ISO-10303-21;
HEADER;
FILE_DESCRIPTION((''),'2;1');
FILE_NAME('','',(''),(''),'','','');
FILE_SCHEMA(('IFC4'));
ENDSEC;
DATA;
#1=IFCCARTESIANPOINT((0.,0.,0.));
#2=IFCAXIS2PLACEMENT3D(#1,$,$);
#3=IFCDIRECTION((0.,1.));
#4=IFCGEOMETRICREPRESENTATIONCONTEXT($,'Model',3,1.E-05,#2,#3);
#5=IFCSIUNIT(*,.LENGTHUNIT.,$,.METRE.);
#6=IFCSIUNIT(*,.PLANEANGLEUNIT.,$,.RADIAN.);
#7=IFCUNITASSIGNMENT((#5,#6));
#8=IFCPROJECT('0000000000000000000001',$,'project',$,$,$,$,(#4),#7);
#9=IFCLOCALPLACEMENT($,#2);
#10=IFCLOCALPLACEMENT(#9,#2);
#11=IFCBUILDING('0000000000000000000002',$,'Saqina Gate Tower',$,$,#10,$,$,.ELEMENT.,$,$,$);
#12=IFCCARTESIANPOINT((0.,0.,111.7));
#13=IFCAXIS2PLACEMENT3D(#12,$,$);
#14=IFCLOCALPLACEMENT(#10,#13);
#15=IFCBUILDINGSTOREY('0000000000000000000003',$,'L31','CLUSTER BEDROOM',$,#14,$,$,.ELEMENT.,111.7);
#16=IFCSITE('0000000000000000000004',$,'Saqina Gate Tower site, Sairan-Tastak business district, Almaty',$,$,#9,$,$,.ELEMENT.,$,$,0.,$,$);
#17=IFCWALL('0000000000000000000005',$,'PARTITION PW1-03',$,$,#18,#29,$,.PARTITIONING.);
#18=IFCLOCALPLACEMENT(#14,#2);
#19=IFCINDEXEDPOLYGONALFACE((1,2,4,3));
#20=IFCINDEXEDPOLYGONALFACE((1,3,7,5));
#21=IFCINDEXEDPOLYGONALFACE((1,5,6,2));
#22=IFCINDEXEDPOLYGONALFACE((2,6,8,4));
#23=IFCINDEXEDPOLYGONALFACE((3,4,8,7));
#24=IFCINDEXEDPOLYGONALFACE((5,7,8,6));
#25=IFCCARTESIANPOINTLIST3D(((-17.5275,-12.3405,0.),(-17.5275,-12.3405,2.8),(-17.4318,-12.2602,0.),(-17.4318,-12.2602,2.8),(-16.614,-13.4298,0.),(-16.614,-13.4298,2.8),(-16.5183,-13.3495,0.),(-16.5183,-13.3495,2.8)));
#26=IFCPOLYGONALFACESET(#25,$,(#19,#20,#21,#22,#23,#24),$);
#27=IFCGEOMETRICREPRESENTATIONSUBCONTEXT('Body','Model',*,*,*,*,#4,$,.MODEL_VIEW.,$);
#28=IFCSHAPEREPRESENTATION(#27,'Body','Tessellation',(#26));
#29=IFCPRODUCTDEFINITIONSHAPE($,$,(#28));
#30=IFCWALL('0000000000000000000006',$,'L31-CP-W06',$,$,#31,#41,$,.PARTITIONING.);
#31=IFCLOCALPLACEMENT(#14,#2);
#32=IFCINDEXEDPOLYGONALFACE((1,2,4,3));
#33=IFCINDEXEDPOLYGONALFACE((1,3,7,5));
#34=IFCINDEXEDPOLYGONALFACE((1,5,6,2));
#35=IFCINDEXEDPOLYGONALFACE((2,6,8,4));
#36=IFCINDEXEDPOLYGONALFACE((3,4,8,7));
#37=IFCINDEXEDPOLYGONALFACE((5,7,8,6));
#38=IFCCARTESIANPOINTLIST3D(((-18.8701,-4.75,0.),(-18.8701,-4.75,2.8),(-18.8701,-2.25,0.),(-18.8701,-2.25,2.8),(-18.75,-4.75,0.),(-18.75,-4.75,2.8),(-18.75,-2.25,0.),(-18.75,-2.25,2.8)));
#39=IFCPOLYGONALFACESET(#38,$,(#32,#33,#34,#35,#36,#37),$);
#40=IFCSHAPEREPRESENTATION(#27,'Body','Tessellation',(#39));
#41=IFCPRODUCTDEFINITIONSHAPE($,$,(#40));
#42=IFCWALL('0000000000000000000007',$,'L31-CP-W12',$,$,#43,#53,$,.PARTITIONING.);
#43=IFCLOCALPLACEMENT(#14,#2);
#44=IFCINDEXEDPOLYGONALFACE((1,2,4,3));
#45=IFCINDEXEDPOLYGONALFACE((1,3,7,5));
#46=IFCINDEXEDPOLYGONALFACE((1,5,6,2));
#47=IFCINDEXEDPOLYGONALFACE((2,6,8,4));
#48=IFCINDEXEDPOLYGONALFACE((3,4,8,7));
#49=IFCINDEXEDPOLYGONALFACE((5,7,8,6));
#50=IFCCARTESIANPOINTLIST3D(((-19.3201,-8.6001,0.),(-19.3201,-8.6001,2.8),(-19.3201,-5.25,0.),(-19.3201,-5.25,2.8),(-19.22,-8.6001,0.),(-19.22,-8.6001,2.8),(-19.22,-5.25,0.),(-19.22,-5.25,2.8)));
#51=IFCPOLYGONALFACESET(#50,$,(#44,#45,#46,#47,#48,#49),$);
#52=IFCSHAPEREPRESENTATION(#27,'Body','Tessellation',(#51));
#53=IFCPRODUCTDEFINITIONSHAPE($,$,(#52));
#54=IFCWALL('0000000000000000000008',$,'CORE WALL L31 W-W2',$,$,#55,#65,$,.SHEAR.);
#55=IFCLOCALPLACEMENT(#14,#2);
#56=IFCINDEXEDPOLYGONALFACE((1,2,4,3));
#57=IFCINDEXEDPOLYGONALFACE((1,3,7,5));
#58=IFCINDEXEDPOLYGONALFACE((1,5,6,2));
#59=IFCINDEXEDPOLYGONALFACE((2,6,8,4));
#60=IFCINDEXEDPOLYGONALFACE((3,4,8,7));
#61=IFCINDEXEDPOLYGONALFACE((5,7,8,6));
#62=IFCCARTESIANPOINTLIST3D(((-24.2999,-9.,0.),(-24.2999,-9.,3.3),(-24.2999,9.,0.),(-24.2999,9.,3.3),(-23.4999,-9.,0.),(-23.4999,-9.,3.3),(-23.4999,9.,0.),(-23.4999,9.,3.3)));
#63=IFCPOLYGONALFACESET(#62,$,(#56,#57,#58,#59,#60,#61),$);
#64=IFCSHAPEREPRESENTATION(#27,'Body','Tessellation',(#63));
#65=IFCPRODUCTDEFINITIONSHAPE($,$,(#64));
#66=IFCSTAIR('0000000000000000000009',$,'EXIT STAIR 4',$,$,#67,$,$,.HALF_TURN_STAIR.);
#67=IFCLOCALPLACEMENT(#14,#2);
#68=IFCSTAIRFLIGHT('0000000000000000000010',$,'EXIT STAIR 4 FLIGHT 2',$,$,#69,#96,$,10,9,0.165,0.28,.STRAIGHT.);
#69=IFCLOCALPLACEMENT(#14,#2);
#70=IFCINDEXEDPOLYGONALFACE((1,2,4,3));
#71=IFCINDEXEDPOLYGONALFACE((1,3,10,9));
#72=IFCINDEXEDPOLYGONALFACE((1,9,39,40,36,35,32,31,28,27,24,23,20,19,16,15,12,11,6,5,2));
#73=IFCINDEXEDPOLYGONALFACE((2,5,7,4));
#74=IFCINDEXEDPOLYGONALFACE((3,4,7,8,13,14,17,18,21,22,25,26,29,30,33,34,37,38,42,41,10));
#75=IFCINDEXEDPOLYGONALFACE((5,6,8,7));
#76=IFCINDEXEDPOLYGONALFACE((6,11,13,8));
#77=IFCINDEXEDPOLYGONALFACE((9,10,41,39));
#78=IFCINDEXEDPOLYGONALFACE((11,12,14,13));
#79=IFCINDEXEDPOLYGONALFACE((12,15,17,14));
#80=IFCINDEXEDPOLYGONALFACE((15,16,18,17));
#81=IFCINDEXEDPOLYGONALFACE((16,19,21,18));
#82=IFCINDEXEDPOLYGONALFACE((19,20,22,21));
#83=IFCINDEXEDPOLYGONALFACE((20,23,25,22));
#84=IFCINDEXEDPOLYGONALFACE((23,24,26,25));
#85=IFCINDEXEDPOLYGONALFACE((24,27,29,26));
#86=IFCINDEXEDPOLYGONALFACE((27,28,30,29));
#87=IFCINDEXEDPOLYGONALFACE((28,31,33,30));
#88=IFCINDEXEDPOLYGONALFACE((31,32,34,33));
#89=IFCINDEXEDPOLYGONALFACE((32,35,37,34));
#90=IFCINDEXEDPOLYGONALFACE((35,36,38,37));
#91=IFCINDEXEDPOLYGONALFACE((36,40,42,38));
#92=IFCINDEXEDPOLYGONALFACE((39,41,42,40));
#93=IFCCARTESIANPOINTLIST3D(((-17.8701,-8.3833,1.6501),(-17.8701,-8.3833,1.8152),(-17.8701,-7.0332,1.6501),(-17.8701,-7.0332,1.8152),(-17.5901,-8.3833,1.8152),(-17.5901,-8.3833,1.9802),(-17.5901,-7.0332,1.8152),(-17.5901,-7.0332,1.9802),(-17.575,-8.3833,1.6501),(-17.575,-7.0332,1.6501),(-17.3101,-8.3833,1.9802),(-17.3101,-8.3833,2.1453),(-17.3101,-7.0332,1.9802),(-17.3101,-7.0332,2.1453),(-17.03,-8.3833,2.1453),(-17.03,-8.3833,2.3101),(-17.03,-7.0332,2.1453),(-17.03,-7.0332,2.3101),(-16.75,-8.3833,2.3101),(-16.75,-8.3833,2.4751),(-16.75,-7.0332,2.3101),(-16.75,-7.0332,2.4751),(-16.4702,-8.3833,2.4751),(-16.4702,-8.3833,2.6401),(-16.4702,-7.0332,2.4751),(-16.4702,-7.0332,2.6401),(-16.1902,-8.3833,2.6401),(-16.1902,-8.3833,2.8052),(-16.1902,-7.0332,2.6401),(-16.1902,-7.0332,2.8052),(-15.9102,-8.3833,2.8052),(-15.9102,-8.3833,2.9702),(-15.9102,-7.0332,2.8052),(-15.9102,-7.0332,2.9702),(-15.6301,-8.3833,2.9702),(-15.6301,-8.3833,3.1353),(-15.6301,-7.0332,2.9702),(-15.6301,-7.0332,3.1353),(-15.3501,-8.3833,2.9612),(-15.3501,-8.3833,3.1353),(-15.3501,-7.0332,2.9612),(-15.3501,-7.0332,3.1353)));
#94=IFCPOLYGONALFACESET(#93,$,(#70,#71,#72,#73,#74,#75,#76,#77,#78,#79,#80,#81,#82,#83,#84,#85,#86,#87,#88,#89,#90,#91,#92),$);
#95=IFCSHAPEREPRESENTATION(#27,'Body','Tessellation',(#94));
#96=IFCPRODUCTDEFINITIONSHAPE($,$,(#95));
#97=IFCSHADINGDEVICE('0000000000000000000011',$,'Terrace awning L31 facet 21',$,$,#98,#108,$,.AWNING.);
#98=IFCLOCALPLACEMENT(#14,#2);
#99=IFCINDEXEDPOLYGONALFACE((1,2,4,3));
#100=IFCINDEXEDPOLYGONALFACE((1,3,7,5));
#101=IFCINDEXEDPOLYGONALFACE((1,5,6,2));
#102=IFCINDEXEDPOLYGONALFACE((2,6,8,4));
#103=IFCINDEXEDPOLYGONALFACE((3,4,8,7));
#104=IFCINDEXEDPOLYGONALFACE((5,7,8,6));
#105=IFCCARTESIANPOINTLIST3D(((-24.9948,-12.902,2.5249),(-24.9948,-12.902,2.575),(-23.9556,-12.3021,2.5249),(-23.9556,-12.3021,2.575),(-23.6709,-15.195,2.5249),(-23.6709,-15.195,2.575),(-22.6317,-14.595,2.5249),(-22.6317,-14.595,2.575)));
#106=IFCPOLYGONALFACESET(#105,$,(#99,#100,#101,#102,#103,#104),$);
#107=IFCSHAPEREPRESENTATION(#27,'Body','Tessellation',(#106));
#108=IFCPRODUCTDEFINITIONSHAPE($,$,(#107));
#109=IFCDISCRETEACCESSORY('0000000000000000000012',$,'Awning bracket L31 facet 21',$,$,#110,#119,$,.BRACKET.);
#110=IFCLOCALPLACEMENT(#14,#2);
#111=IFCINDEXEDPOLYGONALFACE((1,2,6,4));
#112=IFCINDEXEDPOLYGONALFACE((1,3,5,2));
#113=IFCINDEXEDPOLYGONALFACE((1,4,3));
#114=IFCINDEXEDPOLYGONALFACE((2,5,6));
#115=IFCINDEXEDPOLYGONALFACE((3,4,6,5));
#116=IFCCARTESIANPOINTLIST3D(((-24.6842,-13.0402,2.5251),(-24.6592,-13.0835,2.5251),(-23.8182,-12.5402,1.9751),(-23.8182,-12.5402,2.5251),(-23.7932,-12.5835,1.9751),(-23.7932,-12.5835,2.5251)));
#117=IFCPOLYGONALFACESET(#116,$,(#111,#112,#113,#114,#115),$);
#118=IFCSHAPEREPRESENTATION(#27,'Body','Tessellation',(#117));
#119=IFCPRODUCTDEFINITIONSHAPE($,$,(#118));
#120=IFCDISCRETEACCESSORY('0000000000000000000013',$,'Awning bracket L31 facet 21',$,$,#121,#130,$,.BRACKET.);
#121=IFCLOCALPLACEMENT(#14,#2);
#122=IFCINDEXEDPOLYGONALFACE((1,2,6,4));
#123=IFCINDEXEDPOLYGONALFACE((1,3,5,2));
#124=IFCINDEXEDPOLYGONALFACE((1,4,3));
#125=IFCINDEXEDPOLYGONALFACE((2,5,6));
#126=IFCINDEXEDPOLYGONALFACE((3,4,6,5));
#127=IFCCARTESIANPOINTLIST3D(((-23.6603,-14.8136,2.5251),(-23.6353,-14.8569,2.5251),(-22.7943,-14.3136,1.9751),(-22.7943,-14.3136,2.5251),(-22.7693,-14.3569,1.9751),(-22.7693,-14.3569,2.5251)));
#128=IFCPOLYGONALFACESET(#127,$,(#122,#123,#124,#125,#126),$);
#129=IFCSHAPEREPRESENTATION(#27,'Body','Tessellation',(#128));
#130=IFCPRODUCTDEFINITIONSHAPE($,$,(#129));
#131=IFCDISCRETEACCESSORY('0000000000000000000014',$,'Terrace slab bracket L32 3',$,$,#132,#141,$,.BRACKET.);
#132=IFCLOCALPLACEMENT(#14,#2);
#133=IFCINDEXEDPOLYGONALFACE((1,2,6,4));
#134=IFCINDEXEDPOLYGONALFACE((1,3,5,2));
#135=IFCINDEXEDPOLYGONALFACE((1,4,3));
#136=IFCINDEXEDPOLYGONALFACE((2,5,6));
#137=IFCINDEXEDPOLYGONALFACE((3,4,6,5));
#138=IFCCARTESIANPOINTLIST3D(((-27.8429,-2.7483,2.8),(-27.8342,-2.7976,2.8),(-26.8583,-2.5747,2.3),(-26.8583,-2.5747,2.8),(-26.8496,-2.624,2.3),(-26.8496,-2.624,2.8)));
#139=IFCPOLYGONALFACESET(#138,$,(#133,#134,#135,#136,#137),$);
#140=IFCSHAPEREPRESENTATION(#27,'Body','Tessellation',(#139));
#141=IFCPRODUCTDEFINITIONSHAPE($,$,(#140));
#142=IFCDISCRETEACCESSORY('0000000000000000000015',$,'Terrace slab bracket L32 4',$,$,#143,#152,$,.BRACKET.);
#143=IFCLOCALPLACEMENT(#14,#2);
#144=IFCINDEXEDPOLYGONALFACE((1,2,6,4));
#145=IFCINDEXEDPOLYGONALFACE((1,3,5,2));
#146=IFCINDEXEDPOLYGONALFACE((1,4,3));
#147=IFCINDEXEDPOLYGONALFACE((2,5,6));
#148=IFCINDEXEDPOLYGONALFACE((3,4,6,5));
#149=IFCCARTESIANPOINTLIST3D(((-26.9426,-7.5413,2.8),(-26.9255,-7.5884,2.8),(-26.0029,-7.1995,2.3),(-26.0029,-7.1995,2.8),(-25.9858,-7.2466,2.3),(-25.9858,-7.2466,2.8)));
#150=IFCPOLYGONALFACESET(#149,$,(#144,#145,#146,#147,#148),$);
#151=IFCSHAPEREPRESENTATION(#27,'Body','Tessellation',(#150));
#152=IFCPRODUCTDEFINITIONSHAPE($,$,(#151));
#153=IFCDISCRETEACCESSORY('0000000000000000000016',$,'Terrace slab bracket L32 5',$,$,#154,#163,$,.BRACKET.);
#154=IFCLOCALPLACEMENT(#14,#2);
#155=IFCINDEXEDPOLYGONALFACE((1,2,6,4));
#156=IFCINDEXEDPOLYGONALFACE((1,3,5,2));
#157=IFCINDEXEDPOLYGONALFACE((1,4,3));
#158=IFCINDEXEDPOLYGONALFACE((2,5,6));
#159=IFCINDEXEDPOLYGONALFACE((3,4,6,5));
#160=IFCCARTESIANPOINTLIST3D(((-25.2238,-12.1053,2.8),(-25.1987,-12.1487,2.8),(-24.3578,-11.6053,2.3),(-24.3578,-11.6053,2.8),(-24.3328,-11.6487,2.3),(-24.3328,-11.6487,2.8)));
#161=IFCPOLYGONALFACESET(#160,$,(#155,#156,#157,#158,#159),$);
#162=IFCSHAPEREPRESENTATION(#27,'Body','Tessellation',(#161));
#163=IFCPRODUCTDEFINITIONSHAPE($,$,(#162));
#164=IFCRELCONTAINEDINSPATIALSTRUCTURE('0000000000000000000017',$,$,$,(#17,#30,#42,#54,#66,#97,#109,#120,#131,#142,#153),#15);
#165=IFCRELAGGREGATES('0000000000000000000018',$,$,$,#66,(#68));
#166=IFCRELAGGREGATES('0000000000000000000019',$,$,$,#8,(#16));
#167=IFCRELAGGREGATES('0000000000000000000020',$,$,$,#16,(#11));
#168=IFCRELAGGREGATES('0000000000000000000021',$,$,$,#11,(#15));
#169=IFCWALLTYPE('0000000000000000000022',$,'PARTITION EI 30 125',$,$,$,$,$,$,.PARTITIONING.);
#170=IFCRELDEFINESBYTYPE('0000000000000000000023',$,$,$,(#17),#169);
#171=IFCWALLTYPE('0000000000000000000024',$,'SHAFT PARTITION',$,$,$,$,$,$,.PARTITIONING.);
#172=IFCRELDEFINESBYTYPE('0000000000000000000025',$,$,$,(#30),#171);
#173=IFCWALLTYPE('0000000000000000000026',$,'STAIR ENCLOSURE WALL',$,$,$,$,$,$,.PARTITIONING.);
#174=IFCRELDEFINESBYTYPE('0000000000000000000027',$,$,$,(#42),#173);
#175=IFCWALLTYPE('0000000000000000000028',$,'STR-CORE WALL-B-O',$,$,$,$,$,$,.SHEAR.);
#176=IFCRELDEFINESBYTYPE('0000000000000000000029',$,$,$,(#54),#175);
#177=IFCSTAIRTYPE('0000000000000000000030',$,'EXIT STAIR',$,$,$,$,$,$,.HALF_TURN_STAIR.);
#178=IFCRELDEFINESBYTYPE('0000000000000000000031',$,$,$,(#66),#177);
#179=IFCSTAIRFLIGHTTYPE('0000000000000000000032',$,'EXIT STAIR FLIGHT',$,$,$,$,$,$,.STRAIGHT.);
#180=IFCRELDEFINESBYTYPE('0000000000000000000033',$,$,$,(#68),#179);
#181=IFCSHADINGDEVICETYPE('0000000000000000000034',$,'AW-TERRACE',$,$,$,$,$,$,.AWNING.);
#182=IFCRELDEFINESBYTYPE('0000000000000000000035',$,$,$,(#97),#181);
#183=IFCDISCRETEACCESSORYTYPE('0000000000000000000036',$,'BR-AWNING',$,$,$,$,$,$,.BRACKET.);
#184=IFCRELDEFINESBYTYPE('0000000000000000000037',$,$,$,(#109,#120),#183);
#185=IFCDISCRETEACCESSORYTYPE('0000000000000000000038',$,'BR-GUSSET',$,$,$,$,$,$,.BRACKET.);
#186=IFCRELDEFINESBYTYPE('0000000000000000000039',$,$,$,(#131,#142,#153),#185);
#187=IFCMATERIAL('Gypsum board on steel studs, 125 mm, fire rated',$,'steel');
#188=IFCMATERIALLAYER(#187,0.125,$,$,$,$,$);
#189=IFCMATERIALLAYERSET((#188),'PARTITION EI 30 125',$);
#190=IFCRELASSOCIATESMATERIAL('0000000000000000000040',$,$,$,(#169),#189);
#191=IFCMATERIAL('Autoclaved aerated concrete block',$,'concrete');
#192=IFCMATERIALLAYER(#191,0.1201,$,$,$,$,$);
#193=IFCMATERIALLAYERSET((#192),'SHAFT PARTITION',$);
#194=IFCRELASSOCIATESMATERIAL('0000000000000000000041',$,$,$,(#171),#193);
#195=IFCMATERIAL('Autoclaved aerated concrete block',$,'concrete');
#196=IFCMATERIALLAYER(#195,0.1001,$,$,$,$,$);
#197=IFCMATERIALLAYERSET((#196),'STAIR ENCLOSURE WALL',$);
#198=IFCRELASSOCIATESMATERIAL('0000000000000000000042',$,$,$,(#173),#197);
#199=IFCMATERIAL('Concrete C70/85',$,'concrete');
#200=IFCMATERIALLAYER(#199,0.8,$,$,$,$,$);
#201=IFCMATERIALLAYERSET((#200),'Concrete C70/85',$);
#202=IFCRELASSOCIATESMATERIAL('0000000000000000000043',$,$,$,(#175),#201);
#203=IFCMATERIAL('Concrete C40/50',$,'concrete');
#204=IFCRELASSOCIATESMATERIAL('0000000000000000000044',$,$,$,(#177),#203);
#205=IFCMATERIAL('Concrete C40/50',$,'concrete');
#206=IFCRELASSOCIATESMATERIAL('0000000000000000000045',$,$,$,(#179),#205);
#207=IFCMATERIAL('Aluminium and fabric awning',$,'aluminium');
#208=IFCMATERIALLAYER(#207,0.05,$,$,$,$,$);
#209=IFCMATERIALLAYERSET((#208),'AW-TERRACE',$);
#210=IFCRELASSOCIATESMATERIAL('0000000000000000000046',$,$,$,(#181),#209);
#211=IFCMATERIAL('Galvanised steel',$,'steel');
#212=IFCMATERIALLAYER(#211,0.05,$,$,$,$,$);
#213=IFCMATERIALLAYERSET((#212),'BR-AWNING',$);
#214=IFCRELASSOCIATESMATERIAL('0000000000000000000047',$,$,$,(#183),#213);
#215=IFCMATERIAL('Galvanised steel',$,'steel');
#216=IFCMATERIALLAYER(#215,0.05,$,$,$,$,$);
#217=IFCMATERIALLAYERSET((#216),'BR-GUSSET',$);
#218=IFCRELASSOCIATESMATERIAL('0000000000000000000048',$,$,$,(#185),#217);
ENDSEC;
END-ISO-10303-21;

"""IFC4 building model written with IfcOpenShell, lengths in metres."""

from ifc_helpers import new_model, si_unit, direction, frame, frame_2d, origin, origin_2d, place, context, subcontext, project, spatial, polyline, rectangle, outline, extrude, material, layer, layer_set, type_object, element, aggregate, save


model = new_model("IFC4")

# Units and contexts
model_context = context("Model", 3, precision=1e-05, world=origin(), true_north=direction((0.0, 1.0)))
body_context = subcontext(model_context, "Body", "Model", "MODEL_VIEW")
ifc_project = project(units=[si_unit("LENGTHUNIT", "METRE"), si_unit("PLANEANGLEUNIT", "RADIAN")], contexts=[model_context])

# Site, building, storey
site_placement = place(None, origin())
site = spatial("IfcSite", under=ifc_project, at=site_placement, Name="Saqina Gate Tower site, Sairan-Tastak business district, Almaty", CompositionType="ELEMENT", RefElevation=0.0)
building_placement = place(site_placement, origin())
building = spatial("IfcBuilding", under=site, at=building_placement, Name="Saqina Gate Tower", CompositionType="ELEMENT")
storey_placement = place(building_placement, frame((0.0, 0.0, 111.7)))
storey = spatial("IfcBuildingStorey", under=building, at=storey_placement, Name="L31", Description="CLUSTER BEDROOM", CompositionType="ELEMENT", Elevation=111.7)

# Walls
ifc_material_1 = material(Name="Gypsum board on steel studs, 125 mm, fire rated", Category="steel")
ifc_layer_1 = layer(ifc_material_1, 0.125)
ifc_layer_set_1 = layer_set([ifc_layer_1], Name="PARTITION EI 30 125")
wall_type_1 = type_object("IfcWallType", Name="PARTITION EI 30 125", PredefinedType="PARTITIONING", material=ifc_layer_set_1)
wall_1_placement = place(storey_placement, frame((-17.4797, -12.3003, 0.0), z_axis=(0.0, 0.0, 1.0), x_axis=(0.64258, -0.766219, 0.0)))
element("IfcWall", 1, at=wall_1_placement, inside=storey, type_object=wall_type_1, Name="PARTITION PW1-03", PredefinedType="PARTITIONING", context=body_context, shape_type="SweptSolid", body=[
    extrude(rectangle(XDim=1.4216, YDim=0.125, at=frame_2d((0.7109, 0.0))), origin(), (0.0, 0.0, 1.0), 2.8),
])
ifc_material_2 = material(Name="Autoclaved aerated concrete block", Category="concrete")
ifc_layer_2 = layer(ifc_material_2, 0.1201)
ifc_layer_set_2 = layer_set([ifc_layer_2], Name="SHAFT PARTITION")
wall_type_2 = type_object("IfcWallType", Name="SHAFT PARTITION", PredefinedType="PARTITIONING", material=ifc_layer_set_2)
wall_2_placement = place(storey_placement, frame((-18.8101, -4.75, 0.0), z_axis=(0.0, 0.0, 1.0), x_axis=(0.0, 1.0, 0.0)))
element("IfcWall", 2, at=wall_2_placement, inside=storey, type_object=wall_type_2, Name="L31-CP-W06", PredefinedType="PARTITIONING", context=body_context, shape_type="SweptSolid", body=[
    extrude(rectangle(XDim=2.5, YDim=0.1201, at=frame_2d((1.25, 0.0))), origin(), (0.0, 0.0, 1.0), 2.8),
])
ifc_material_3 = material(Name="Autoclaved aerated concrete block", Category="concrete")
ifc_layer_3 = layer(ifc_material_3, 0.1001)
ifc_layer_set_3 = layer_set([ifc_layer_3], Name="STAIR ENCLOSURE WALL")
wall_type_3 = type_object("IfcWallType", Name="STAIR ENCLOSURE WALL", PredefinedType="PARTITIONING", material=ifc_layer_set_3)
wall_3_placement = place(storey_placement, frame((-19.27, -8.6001, 0.0), z_axis=(0.0, 0.0, 1.0), x_axis=(0.0, 1.0, 0.0)))
element("IfcWall", 3, at=wall_3_placement, inside=storey, type_object=wall_type_3, Name="L31-CP-W12", PredefinedType="PARTITIONING", context=body_context, shape_type="SweptSolid", body=[
    extrude(rectangle(XDim=3.3501, YDim=0.1001, at=frame_2d((1.675, 0.0))), origin(), (0.0, 0.0, 1.0), 2.8),
])
ifc_material_4 = material(Name="Concrete C70/85", Category="concrete")
ifc_layer_4 = layer(ifc_material_4, 0.8)
ifc_layer_set_4 = layer_set([ifc_layer_4], Name="Concrete C70/85")
wall_type_4 = type_object("IfcWallType", Name="STR-CORE WALL-B-O", PredefinedType="SHEAR", material=ifc_layer_set_4)
wall_4_placement = place(storey_placement, frame((-23.8999, -9.0, 0.0), z_axis=(0.0, 0.0, 1.0), x_axis=(0.0, 1.0, 0.0)))
element("IfcWall", 4, at=wall_4_placement, inside=storey, type_object=wall_type_4, Name="CORE WALL L31 W-W2", PredefinedType="SHEAR", context=body_context, shape_type="SweptSolid", body=[
    extrude(rectangle(XDim=18.0, YDim=0.8, at=frame_2d((9.0, 0.0))), origin(), (0.0, 0.0, 1.0), 3.3),
])

# Stair, stair flight
ifc_material_5 = material(Name="Concrete C40/50", Category="concrete")
stair_type = type_object("IfcStairType", Name="EXIT STAIR", PredefinedType="HALF_TURN_STAIR", material=ifc_material_5)
stair_placement = place(storey_placement, origin())
stair = element("IfcStair", 5, at=stair_placement, inside=storey, type_object=stair_type, Name="EXIT STAIR 4", PredefinedType="HALF_TURN_STAIR")
ifc_material_6 = material(Name="Concrete C40/50", Category="concrete")
stair_flight_type = type_object("IfcStairFlightType", Name="EXIT STAIR FLIGHT", PredefinedType="STRAIGHT", material=ifc_material_6)
stair_flight_placement = place(storey_placement, frame((-17.8701, -7.7083, 1.6501), z_axis=(0.0, 0.0, 1.0), x_axis=(1.0, 0.0, 0.0)))
stair_flight = element("IfcStairFlight", 6, at=stair_flight_placement, type_object=stair_flight_type, Name="EXIT STAIR 4 FLIGHT 2", NumberOfRisers=10, NumberOfTreads=9, PredefinedType="STRAIGHT", RiserHeight=0.165, TreadLength=0.28, context=body_context, shape_type="SweptSolid", body=[
    extrude(outline(polyline([(0.0, 0.0), (0.0, 0.165), (0.28, 0.165), (0.28, 0.3301), (0.5601, 0.3301), (0.5601, 0.4951), (0.8401, 0.4951), (0.8401, 0.6599), (1.1201, 0.6599), (1.1201, 0.825), (1.3999, 0.825), (1.3999, 0.99), (1.6799, 0.99), (1.6799, 1.155), (1.96, 1.155), (1.96, 1.3201), (2.24, 1.3201), (2.24, 1.4851), (2.52, 1.4851), (2.52, 1.6499), (2.52, 1.311), (0.2952, 0.0), (0.0, 0.0)])), frame((0.0, 0.675, 0.0), z_axis=(0.0, -1.0, 0.0), x_axis=(1.0, 0.0, 0.0)), (0.0, 0.0, 1.0), 1.3501),
])
aggregate(stair, [stair_flight])

# Shading device
ifc_material_7 = material(Name="Aluminium and fabric awning", Category="aluminium")
ifc_layer_5 = layer(ifc_material_7, 0.05)
ifc_layer_set_5 = layer_set([ifc_layer_5], Name="AW-TERRACE")
shading_device_type = type_object("IfcShadingDeviceType", Name="AW-TERRACE", PredefinedType="AWNING", material=ifc_layer_set_5)
shading_device_placement = place(storey_placement, frame((-23.8132, -13.7485, 2.5249), z_axis=(0.0, 0.0, 1.0), x_axis=(0.5, -0.866025, 0.0)))
element("IfcShadingDevice", 7, at=shading_device_placement, inside=storey, type_object=shading_device_type, Name="Terrace awning L31 facet 21", PredefinedType="AWNING", context=body_context, shape_type="SweptSolid", body=[
    extrude(rectangle(XDim=2.6477, YDim=1.2, at=origin_2d()), origin(), (0.0, 0.0, 1.0), 0.05),
])

# Discrete accessories
ifc_material_8 = material(Name="Galvanised steel", Category="steel")
ifc_layer_6 = layer(ifc_material_8, 0.05)
ifc_layer_set_6 = layer_set([ifc_layer_6], Name="BR-AWNING")
discrete_accessory_type_1 = type_object("IfcDiscreteAccessoryType", Name="BR-AWNING", PredefinedType="BRACKET", material=ifc_layer_set_6)
for number, where, z_axis, x_axis, name in (
    (8, (-23.7932, -12.5835, 1.9751), (0.500025, -0.866011, 0.0), (0.0, 0.0, 1.0), "Awning bracket L31 facet 21"),
    (9, (-22.7693, -14.3569, 1.9751), (0.500025, -0.866011, 0.0), (0.0, 0.0, 1.0), "Awning bracket L31 facet 21"),
):
    element("IfcDiscreteAccessory", number, at=place(storey_placement, frame(where, z_axis=z_axis, x_axis=x_axis)), inside=storey, type_object=discrete_accessory_type_1, Name=name, PredefinedType="BRACKET", context=body_context, shape_type="SweptSolid", body=[
        extrude(outline(polyline([(0.0, 0.0), (0.55, 0.0), (0.55, 0.9999), (0.0, 0.0)])), origin(), (0.0, 0.0, -1.0), 0.05),
    ])
ifc_material_9 = material(Name="Galvanised steel", Category="steel")
ifc_layer_7 = layer(ifc_material_9, 0.05)
ifc_layer_set_7 = layer_set([ifc_layer_7], Name="BR-GUSSET")
discrete_accessory_type_2 = type_object("IfcDiscreteAccessoryType", Name="BR-GUSSET", PredefinedType="BRACKET", material=ifc_layer_set_7)
discrete_accessory_1_placement = place(storey_placement, frame((-26.8496, -2.624, 2.3), z_axis=(0.173618, -0.984813, 0.0), x_axis=(0.0, 0.0, 1.0)))
element("IfcDiscreteAccessory", 10, at=discrete_accessory_1_placement, inside=storey, type_object=discrete_accessory_type_2, Name="Terrace slab bracket L32 3", PredefinedType="BRACKET", context=body_context, shape_type="SweptSolid", body=[
    extrude(outline(polyline([(0.0, 0.0), (0.5, 0.0), (0.5, 0.9998), (0.0, 0.0)])), origin(), (0.0, 0.0, -1.0), 0.05),
])
discrete_accessory_2_placement = place(storey_placement, frame((-25.9858, -7.2466, 2.3), z_axis=(0.341821, -0.939765, 0.0), x_axis=(0.0, 0.0, 1.0)))
element("IfcDiscreteAccessory", 11, at=discrete_accessory_2_placement, inside=storey, type_object=discrete_accessory_type_2, Name="Terrace slab bracket L32 4", PredefinedType="BRACKET", context=body_context, shape_type="SweptSolid", body=[
    extrude(outline(polyline([(0.0, 0.0), (0.5, 0.0), (0.5, 0.9999), (0.0, 0.0)])), origin(), (0.0, 0.0, -1.0), 0.05),
])
discrete_accessory_3_placement = place(storey_placement, frame((-24.3328, -11.6487, 2.3), z_axis=(0.500025, -0.866011, 0.0), x_axis=(0.0, 0.0, 1.0)))
element("IfcDiscreteAccessory", 12, at=discrete_accessory_3_placement, inside=storey, type_object=discrete_accessory_type_2, Name="Terrace slab bracket L32 5", PredefinedType="BRACKET", context=body_context, shape_type="SweptSolid", body=[
    extrude(outline(polyline([(0.0, 0.0), (0.5, 0.0), (0.5, 0.9999), (0.0, 0.0)])), origin(), (0.0, 0.0, -1.0), 0.05),
])

save(model, "model.ifc")
